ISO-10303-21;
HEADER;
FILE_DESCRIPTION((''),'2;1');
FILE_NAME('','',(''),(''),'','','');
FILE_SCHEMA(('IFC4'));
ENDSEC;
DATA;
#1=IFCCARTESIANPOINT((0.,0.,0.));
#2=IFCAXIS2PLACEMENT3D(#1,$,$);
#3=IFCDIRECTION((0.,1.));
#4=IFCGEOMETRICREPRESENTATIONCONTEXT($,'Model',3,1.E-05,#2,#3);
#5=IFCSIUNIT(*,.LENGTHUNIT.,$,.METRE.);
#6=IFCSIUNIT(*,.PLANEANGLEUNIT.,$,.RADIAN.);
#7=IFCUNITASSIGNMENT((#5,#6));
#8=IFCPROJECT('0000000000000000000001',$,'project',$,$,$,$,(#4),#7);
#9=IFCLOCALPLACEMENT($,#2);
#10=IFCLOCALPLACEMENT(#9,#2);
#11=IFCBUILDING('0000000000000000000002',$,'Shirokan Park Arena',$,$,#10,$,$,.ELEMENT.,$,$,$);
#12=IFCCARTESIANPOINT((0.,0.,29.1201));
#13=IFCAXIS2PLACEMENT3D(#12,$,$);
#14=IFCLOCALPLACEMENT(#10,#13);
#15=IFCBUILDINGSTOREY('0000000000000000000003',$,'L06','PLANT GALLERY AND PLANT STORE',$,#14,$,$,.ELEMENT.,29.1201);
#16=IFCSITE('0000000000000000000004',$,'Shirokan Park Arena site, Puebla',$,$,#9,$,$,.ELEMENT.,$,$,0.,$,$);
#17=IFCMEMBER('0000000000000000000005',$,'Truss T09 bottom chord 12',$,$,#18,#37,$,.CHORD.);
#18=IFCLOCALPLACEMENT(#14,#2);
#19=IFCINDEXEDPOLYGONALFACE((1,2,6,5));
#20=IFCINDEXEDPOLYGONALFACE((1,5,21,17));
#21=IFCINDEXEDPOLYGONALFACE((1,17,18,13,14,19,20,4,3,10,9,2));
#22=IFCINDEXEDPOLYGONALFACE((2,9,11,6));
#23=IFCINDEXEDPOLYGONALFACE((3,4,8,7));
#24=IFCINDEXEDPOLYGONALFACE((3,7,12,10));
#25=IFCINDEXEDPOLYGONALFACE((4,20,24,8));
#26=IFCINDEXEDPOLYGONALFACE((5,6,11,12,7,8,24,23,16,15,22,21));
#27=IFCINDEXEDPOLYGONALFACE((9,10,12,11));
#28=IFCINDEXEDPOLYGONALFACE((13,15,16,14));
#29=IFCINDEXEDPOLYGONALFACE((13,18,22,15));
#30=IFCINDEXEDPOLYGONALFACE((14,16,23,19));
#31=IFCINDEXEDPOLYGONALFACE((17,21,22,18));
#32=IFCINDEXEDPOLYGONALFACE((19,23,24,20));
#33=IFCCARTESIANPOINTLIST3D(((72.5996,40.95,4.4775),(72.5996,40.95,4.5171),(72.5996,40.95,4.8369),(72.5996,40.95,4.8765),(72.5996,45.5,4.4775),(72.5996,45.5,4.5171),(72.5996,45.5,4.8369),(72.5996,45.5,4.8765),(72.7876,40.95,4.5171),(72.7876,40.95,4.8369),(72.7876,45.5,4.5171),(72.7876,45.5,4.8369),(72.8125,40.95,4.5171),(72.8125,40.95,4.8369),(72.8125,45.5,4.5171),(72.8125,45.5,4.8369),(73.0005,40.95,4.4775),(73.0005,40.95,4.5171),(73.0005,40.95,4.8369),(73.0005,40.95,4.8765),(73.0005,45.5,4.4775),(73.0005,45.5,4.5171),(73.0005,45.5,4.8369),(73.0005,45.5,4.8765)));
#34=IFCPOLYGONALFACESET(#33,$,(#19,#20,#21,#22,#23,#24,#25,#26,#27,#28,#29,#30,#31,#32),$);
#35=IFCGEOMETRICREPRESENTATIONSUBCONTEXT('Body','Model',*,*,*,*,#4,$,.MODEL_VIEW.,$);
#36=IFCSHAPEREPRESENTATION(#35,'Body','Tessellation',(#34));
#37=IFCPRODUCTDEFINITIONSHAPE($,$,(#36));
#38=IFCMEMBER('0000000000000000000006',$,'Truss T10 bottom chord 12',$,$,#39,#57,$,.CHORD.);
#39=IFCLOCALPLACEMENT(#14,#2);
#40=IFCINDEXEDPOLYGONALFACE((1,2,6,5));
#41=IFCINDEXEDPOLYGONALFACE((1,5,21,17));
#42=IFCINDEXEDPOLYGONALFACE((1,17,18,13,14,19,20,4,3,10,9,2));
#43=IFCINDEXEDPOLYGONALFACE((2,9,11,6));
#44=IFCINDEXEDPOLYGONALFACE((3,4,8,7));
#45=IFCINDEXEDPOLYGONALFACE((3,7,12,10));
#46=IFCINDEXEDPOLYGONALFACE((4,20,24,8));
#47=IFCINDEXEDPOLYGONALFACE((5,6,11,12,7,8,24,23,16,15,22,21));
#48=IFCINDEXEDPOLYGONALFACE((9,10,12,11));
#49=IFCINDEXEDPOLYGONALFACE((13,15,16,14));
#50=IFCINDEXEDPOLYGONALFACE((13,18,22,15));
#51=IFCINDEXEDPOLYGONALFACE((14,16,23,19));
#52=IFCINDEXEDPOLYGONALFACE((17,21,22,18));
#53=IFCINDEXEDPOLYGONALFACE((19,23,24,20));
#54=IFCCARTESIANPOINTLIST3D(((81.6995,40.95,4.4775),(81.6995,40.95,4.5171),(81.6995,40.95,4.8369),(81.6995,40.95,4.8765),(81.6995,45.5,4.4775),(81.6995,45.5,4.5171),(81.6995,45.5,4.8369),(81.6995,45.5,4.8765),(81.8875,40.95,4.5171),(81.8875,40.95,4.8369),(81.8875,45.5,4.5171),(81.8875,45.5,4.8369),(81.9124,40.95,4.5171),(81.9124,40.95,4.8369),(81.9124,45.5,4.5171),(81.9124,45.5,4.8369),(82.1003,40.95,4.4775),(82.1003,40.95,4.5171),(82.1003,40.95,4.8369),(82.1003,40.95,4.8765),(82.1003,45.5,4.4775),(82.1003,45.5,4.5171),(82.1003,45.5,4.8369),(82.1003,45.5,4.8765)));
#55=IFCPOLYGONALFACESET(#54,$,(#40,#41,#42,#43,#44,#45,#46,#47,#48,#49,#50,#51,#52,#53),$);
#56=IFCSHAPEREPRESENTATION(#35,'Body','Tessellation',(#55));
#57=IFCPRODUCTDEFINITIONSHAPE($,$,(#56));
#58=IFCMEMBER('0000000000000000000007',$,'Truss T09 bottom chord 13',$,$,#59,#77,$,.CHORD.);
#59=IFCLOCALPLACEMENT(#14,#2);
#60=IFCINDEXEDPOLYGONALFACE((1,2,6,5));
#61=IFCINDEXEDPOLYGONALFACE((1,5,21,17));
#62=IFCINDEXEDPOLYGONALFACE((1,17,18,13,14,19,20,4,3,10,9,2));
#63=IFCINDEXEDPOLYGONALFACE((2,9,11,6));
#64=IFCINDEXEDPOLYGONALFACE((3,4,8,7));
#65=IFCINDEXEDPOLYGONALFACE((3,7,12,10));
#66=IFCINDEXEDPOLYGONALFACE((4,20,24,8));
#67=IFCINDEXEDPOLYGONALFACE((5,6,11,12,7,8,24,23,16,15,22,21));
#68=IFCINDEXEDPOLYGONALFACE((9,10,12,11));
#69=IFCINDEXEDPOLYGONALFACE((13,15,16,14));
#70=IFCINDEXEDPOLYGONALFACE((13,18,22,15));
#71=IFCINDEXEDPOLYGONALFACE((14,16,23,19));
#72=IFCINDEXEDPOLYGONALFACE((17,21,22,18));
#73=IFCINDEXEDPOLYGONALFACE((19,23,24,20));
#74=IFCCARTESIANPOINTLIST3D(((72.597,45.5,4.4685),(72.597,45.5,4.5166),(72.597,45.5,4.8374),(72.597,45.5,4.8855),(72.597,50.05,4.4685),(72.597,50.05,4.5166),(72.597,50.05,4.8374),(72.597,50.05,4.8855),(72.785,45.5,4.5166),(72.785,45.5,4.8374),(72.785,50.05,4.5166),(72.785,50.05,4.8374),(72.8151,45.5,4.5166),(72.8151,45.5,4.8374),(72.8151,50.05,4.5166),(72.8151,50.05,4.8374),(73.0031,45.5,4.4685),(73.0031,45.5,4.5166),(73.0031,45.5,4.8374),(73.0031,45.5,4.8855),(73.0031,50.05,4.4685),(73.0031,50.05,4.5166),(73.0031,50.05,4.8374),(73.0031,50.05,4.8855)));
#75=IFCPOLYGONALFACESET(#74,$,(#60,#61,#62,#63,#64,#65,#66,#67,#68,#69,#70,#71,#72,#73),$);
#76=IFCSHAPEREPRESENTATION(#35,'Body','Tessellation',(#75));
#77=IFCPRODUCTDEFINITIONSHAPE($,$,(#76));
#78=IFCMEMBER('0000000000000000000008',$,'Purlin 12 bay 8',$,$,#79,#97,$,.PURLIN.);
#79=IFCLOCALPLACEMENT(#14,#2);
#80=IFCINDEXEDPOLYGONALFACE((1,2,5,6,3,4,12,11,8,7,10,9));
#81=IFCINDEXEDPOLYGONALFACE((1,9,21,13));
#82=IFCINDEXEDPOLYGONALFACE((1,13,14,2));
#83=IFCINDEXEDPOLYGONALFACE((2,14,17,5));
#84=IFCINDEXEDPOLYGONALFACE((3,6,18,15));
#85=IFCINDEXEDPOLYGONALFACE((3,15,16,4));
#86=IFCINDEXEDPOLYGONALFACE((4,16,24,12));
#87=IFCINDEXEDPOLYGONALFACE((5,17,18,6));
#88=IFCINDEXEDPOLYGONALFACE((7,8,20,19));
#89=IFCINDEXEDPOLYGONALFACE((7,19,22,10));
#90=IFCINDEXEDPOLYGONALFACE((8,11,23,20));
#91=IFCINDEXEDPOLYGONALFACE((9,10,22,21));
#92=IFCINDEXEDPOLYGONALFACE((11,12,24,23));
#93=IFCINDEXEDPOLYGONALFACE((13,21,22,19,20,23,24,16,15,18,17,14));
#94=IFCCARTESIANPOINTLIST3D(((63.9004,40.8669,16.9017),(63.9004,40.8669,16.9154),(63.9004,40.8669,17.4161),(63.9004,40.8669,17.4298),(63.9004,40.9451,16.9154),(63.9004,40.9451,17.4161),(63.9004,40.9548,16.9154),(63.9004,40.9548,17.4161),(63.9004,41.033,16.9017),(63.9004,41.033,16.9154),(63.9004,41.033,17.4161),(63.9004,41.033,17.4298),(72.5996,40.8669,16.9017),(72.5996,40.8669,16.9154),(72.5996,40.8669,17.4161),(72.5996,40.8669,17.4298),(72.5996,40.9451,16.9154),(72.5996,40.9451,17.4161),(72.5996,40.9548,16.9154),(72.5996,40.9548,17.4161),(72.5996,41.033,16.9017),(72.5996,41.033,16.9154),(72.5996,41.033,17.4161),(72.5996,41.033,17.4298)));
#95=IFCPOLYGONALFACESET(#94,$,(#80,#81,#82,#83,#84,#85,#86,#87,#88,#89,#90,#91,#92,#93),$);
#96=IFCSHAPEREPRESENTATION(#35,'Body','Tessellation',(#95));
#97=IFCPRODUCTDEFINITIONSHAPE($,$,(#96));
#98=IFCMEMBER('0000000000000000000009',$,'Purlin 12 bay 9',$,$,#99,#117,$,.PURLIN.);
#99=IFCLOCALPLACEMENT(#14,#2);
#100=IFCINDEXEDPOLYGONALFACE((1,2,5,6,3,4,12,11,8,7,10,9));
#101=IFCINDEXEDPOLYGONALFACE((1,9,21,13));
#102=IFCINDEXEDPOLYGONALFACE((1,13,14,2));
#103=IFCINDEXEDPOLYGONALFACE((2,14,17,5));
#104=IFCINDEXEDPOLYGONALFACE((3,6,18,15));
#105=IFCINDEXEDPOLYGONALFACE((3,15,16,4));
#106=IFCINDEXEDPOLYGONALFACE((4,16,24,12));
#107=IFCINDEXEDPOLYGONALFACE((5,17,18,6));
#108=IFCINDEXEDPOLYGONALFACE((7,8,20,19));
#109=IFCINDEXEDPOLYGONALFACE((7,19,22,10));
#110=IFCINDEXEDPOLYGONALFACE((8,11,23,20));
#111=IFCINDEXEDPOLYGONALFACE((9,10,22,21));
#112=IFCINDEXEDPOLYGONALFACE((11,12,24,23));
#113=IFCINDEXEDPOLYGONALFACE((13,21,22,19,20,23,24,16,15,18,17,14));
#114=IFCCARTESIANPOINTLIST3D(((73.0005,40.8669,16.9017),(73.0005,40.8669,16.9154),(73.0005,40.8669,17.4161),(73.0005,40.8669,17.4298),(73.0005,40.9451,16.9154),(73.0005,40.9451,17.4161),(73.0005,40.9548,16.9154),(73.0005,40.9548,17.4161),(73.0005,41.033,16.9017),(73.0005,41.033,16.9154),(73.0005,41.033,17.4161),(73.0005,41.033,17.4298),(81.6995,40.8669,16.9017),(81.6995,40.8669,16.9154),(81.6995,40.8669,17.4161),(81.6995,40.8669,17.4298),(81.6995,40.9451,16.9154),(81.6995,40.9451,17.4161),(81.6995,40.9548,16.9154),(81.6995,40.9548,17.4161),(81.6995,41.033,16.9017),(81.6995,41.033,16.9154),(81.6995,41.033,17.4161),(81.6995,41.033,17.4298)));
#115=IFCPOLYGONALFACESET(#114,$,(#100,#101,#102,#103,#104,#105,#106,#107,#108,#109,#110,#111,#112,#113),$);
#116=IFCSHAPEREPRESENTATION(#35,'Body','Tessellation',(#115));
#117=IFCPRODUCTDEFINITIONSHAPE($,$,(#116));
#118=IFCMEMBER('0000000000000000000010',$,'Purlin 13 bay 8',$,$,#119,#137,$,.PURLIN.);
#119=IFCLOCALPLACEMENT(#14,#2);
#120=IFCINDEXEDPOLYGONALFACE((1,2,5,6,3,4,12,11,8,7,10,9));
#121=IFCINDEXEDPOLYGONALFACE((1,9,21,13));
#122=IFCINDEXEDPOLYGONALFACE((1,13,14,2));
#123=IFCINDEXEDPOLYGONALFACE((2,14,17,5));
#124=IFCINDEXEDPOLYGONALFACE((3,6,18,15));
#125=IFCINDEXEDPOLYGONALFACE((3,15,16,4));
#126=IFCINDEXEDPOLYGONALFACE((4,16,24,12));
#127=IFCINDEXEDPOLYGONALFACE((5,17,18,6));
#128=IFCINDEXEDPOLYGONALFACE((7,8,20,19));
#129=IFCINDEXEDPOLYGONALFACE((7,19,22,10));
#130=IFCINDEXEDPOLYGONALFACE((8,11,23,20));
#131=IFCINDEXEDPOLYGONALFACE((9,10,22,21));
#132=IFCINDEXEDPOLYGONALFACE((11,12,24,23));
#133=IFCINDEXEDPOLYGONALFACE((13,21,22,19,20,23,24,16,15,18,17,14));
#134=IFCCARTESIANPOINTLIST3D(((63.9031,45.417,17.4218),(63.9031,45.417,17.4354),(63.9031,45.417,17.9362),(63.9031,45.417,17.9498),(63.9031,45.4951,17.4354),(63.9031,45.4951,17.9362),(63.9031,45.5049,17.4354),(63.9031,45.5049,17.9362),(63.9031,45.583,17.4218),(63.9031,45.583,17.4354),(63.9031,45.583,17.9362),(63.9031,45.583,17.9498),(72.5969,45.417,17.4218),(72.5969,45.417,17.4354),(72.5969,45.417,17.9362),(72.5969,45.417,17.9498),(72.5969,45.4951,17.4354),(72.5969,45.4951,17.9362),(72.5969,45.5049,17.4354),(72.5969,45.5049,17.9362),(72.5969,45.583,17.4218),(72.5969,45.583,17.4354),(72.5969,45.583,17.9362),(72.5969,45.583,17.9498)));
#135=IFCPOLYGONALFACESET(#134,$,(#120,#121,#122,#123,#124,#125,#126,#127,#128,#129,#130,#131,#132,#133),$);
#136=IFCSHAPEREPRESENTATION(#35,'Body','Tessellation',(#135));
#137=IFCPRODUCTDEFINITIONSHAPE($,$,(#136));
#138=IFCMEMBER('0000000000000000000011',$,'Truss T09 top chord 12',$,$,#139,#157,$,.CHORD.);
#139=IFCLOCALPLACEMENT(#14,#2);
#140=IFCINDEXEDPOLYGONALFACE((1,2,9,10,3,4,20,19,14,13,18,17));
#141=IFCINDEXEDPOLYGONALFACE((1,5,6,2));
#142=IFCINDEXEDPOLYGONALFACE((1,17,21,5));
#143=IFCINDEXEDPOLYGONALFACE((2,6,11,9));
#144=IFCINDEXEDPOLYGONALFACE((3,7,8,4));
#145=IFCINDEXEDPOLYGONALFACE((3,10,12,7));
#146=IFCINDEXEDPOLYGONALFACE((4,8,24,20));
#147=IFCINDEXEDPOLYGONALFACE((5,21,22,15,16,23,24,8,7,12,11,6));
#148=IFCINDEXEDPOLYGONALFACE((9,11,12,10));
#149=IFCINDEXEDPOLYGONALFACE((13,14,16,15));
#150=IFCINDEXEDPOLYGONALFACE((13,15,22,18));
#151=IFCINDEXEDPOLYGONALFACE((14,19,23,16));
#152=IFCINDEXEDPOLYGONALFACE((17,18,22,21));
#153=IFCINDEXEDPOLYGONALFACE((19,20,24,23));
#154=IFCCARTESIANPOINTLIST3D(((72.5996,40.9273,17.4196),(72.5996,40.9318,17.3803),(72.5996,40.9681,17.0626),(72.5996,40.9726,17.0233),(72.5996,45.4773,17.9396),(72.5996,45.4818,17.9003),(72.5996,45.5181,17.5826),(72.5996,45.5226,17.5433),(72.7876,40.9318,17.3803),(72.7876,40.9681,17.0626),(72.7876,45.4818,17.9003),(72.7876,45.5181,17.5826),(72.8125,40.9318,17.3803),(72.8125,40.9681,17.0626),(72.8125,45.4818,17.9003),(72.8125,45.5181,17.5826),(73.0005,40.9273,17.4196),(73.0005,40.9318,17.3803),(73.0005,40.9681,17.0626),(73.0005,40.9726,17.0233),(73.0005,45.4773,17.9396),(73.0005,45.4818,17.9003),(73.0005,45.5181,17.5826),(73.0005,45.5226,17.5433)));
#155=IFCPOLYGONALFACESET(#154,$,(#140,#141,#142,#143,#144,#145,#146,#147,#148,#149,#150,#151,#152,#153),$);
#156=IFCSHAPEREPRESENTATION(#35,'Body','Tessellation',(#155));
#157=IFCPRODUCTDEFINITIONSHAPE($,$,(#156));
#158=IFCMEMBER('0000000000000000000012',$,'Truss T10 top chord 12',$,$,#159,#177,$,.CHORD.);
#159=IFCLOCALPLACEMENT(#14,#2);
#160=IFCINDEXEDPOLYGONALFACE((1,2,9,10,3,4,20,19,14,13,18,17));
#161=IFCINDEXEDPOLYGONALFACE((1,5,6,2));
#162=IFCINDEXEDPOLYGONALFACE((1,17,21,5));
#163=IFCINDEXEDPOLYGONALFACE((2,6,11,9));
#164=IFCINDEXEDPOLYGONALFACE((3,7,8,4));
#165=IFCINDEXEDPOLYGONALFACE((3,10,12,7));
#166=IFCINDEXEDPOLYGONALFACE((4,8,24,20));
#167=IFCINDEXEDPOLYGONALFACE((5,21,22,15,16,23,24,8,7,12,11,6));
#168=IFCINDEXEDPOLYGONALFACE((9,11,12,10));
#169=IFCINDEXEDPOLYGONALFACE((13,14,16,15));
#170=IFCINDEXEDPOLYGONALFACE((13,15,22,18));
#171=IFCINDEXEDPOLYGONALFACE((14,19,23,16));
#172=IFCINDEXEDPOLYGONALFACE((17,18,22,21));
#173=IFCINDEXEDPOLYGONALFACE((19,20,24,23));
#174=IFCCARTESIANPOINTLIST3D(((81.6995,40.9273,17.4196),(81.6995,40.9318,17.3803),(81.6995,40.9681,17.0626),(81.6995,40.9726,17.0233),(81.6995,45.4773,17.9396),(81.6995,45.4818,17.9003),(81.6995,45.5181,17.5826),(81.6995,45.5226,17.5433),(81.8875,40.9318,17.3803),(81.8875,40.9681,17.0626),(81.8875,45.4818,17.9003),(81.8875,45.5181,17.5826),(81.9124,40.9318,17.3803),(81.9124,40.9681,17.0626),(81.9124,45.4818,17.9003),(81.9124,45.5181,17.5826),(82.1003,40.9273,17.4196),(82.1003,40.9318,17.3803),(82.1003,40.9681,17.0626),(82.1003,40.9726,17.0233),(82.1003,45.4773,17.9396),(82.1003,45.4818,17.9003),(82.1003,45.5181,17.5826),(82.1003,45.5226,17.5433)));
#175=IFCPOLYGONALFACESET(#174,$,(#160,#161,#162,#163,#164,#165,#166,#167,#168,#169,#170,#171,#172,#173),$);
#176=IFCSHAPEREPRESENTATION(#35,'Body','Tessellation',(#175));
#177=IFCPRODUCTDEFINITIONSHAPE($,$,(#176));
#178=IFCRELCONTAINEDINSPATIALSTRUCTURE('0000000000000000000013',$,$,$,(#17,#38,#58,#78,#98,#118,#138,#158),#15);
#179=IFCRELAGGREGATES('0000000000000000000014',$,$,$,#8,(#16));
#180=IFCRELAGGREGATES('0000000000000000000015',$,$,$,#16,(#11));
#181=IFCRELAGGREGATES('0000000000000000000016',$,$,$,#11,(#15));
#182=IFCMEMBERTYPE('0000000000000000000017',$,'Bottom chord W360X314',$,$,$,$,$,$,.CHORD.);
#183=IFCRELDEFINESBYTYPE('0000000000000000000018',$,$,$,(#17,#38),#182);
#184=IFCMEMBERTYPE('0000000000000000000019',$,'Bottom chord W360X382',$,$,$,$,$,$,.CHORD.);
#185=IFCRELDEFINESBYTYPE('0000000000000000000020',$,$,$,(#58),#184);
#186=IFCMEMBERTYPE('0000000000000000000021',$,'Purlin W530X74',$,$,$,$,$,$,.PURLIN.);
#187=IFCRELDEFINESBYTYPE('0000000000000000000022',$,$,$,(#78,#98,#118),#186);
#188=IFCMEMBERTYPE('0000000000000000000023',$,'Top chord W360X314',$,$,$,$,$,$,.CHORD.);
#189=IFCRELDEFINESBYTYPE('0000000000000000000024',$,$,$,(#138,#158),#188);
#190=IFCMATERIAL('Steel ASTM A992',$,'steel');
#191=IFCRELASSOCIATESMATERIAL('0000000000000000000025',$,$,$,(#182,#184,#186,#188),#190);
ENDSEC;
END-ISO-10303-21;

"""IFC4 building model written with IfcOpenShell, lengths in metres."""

from ifc_helpers import new_model, si_unit, direction, frame, origin, origin_2d, place, context, subcontext, project, spatial, i_section, extrude, material, material_profile, profile_set, type_object, element, save


model = new_model("IFC4")

# Units and contexts
model_context = context("Model", 3, precision=1e-05, world=origin(), true_north=direction((0.0, 1.0)))
body_context = subcontext(model_context, "Body", "Model", "MODEL_VIEW")
ifc_project = project(units=[si_unit("LENGTHUNIT", "METRE"), si_unit("PLANEANGLEUNIT", "RADIAN")], contexts=[model_context])

# Site, building, storey
site_placement = place(None, origin())
site = spatial("IfcSite", under=ifc_project, at=site_placement, Name="Shirokan Park Arena site, Puebla", CompositionType="ELEMENT", RefElevation=0.0)
building_placement = place(site_placement, origin())
building = spatial("IfcBuilding", under=site, at=building_placement, Name="Shirokan Park Arena", CompositionType="ELEMENT")
storey_placement = place(building_placement, frame((0.0, 0.0, 29.1201)))
storey = spatial("IfcBuildingStorey", under=building, at=storey_placement, Name="L06", Description="PLANT GALLERY AND PLANT STORE", CompositionType="ELEMENT", Elevation=29.1201)

# Members
ifc_material_1 = material(Name="Steel ASTM A992", Category="steel")
ifc_material_profile_1 = material_profile(ifc_material_1, i_section(OverallWidth=0.4009, OverallDepth=0.3989, WebThickness=0.0249, FlangeThickness=0.0396, at=origin_2d()), Name="W360X314")
ifc_profile_set_1 = profile_set([ifc_material_profile_1], Name="Steel ASTM A992")
member_type_1 = type_object("IfcMemberType", Name="Bottom chord W360X314", PredefinedType="CHORD", material=ifc_profile_set_1)
for number, where, z_axis, x_axis, name in (
    (1, (72.8, 40.95, 4.677), (0.0, 1.0, 0.0), (-1.0, 0.0, 0.0), "Truss T09 bottom chord 12"),
    (2, (81.8999, 40.95, 4.677), (0.0, 1.0, 0.0), (-1.0, 0.0, 0.0), "Truss T10 bottom chord 12"),
):
    element("IfcMember", number, at=place(storey_placement, frame(where, z_axis=z_axis, x_axis=x_axis)), inside=storey, type_object=member_type_1, Name=name, PredefinedType="CHORD", context=body_context, shape_type="SweptSolid", body=[
        extrude(i_section(OverallWidth=0.4009, OverallDepth=0.3989, WebThickness=0.0249, FlangeThickness=0.0396, at=origin_2d()), origin(), (0.0, 0.0, 1.0), 4.55),
    ])
ifc_material_profile_2 = material_profile(ifc_material_1, i_section(OverallWidth=0.406, OverallDepth=0.417, WebThickness=0.03, FlangeThickness=0.0481, at=origin_2d()), Name="W360X382")
ifc_profile_set_2 = profile_set([ifc_material_profile_2], Name="Steel ASTM A992")
member_type_2 = type_object("IfcMemberType", Name="Bottom chord W360X382", PredefinedType="CHORD", material=ifc_profile_set_2)
member_1_placement = place(storey_placement, frame((72.8, 45.5, 4.677), z_axis=(0.0, 1.0, 0.0), x_axis=(-1.0, 0.0, 0.0)))
element("IfcMember", 3, at=member_1_placement, inside=storey, type_object=member_type_2, Name="Truss T09 bottom chord 13", PredefinedType="CHORD", context=body_context, shape_type="SweptSolid", body=[
    extrude(i_section(OverallWidth=0.406, OverallDepth=0.417, WebThickness=0.03, FlangeThickness=0.0481, at=origin_2d()), origin(), (0.0, 0.0, 1.0), 4.55),
])
ifc_material_profile_3 = material_profile(ifc_material_1, i_section(OverallWidth=0.166, OverallDepth=0.5281, WebThickness=0.0098, FlangeThickness=0.0137, at=origin_2d()), Name="W530X74")
ifc_profile_set_3 = profile_set([ifc_material_profile_3], Name="Steel ASTM A992")
member_type_3 = type_object("IfcMemberType", Name="Purlin W530X74", PredefinedType="PURLIN", material=ifc_profile_set_3)
member_2_placement = place(storey_placement, frame((63.9004, 40.95, 17.1658), z_axis=(1.0, 0.0, 0.0), x_axis=(0.0, 1.0, 0.0)))
element("IfcMember", 4, at=member_2_placement, inside=storey, type_object=member_type_3, Name="Purlin 12 bay 8", PredefinedType="PURLIN", context=body_context, shape_type="SweptSolid", body=[
    extrude(i_section(OverallWidth=0.166, OverallDepth=0.5281, WebThickness=0.0098, FlangeThickness=0.0137, at=origin_2d()), origin(), (0.0, 0.0, 1.0), 8.6992),
])
member_3_placement = place(storey_placement, frame((73.0005, 40.95, 17.1658), z_axis=(1.0, 0.0, 0.0), x_axis=(0.0, 1.0, 0.0)))
element("IfcMember", 5, at=member_3_placement, inside=storey, type_object=member_type_3, Name="Purlin 12 bay 9", PredefinedType="PURLIN", context=body_context, shape_type="SweptSolid", body=[
    extrude(i_section(OverallWidth=0.166, OverallDepth=0.5281, WebThickness=0.0098, FlangeThickness=0.0137, at=origin_2d()), origin(), (0.0, 0.0, 1.0), 8.699),
])
member_4_placement = place(storey_placement, frame((63.9031, 45.5, 17.6858), z_axis=(1.0, 0.0, 0.0), x_axis=(0.0, 1.0, 0.0)))
element("IfcMember", 6, at=member_4_placement, inside=storey, type_object=member_type_3, Name="Purlin 13 bay 8", PredefinedType="PURLIN", context=body_context, shape_type="SweptSolid", body=[
    extrude(i_section(OverallWidth=0.166, OverallDepth=0.5281, WebThickness=0.0098, FlangeThickness=0.0137, at=origin_2d()), origin(), (0.0, 0.0, 1.0), 8.6938),
])
ifc_material_profile_4 = material_profile(ifc_material_1, i_section(OverallWidth=0.4009, OverallDepth=0.3989, WebThickness=0.0249, FlangeThickness=0.0396, at=origin_2d()), Name="W360X314")
ifc_profile_set_4 = profile_set([ifc_material_profile_4], Name="Steel ASTM A992")
member_type_4 = type_object("IfcMemberType", Name="Top chord W360X314", PredefinedType="CHORD", material=ifc_profile_set_4)
for number, where, z_axis, x_axis, name in (
    (7, (72.8, 40.95, 17.2214), (0.0, 0.993532, 0.11355), (-1.0, 0.0, 0.0), "Truss T09 top chord 12"),
    (8, (81.8999, 40.95, 17.2214), (0.0, 0.993532, 0.11355), (-1.0, 0.0, 0.0), "Truss T10 top chord 12"),
):
    element("IfcMember", number, at=place(storey_placement, frame(where, z_axis=z_axis, x_axis=x_axis)), inside=storey, type_object=member_type_4, Name=name, PredefinedType="CHORD", context=body_context, shape_type="SweptSolid", body=[
        extrude(i_section(OverallWidth=0.4009, OverallDepth=0.3989, WebThickness=0.0249, FlangeThickness=0.0396, at=origin_2d()), origin(), (0.0, 0.0, 1.0), 4.5796),
    ])

save(model, "model.ifc")
